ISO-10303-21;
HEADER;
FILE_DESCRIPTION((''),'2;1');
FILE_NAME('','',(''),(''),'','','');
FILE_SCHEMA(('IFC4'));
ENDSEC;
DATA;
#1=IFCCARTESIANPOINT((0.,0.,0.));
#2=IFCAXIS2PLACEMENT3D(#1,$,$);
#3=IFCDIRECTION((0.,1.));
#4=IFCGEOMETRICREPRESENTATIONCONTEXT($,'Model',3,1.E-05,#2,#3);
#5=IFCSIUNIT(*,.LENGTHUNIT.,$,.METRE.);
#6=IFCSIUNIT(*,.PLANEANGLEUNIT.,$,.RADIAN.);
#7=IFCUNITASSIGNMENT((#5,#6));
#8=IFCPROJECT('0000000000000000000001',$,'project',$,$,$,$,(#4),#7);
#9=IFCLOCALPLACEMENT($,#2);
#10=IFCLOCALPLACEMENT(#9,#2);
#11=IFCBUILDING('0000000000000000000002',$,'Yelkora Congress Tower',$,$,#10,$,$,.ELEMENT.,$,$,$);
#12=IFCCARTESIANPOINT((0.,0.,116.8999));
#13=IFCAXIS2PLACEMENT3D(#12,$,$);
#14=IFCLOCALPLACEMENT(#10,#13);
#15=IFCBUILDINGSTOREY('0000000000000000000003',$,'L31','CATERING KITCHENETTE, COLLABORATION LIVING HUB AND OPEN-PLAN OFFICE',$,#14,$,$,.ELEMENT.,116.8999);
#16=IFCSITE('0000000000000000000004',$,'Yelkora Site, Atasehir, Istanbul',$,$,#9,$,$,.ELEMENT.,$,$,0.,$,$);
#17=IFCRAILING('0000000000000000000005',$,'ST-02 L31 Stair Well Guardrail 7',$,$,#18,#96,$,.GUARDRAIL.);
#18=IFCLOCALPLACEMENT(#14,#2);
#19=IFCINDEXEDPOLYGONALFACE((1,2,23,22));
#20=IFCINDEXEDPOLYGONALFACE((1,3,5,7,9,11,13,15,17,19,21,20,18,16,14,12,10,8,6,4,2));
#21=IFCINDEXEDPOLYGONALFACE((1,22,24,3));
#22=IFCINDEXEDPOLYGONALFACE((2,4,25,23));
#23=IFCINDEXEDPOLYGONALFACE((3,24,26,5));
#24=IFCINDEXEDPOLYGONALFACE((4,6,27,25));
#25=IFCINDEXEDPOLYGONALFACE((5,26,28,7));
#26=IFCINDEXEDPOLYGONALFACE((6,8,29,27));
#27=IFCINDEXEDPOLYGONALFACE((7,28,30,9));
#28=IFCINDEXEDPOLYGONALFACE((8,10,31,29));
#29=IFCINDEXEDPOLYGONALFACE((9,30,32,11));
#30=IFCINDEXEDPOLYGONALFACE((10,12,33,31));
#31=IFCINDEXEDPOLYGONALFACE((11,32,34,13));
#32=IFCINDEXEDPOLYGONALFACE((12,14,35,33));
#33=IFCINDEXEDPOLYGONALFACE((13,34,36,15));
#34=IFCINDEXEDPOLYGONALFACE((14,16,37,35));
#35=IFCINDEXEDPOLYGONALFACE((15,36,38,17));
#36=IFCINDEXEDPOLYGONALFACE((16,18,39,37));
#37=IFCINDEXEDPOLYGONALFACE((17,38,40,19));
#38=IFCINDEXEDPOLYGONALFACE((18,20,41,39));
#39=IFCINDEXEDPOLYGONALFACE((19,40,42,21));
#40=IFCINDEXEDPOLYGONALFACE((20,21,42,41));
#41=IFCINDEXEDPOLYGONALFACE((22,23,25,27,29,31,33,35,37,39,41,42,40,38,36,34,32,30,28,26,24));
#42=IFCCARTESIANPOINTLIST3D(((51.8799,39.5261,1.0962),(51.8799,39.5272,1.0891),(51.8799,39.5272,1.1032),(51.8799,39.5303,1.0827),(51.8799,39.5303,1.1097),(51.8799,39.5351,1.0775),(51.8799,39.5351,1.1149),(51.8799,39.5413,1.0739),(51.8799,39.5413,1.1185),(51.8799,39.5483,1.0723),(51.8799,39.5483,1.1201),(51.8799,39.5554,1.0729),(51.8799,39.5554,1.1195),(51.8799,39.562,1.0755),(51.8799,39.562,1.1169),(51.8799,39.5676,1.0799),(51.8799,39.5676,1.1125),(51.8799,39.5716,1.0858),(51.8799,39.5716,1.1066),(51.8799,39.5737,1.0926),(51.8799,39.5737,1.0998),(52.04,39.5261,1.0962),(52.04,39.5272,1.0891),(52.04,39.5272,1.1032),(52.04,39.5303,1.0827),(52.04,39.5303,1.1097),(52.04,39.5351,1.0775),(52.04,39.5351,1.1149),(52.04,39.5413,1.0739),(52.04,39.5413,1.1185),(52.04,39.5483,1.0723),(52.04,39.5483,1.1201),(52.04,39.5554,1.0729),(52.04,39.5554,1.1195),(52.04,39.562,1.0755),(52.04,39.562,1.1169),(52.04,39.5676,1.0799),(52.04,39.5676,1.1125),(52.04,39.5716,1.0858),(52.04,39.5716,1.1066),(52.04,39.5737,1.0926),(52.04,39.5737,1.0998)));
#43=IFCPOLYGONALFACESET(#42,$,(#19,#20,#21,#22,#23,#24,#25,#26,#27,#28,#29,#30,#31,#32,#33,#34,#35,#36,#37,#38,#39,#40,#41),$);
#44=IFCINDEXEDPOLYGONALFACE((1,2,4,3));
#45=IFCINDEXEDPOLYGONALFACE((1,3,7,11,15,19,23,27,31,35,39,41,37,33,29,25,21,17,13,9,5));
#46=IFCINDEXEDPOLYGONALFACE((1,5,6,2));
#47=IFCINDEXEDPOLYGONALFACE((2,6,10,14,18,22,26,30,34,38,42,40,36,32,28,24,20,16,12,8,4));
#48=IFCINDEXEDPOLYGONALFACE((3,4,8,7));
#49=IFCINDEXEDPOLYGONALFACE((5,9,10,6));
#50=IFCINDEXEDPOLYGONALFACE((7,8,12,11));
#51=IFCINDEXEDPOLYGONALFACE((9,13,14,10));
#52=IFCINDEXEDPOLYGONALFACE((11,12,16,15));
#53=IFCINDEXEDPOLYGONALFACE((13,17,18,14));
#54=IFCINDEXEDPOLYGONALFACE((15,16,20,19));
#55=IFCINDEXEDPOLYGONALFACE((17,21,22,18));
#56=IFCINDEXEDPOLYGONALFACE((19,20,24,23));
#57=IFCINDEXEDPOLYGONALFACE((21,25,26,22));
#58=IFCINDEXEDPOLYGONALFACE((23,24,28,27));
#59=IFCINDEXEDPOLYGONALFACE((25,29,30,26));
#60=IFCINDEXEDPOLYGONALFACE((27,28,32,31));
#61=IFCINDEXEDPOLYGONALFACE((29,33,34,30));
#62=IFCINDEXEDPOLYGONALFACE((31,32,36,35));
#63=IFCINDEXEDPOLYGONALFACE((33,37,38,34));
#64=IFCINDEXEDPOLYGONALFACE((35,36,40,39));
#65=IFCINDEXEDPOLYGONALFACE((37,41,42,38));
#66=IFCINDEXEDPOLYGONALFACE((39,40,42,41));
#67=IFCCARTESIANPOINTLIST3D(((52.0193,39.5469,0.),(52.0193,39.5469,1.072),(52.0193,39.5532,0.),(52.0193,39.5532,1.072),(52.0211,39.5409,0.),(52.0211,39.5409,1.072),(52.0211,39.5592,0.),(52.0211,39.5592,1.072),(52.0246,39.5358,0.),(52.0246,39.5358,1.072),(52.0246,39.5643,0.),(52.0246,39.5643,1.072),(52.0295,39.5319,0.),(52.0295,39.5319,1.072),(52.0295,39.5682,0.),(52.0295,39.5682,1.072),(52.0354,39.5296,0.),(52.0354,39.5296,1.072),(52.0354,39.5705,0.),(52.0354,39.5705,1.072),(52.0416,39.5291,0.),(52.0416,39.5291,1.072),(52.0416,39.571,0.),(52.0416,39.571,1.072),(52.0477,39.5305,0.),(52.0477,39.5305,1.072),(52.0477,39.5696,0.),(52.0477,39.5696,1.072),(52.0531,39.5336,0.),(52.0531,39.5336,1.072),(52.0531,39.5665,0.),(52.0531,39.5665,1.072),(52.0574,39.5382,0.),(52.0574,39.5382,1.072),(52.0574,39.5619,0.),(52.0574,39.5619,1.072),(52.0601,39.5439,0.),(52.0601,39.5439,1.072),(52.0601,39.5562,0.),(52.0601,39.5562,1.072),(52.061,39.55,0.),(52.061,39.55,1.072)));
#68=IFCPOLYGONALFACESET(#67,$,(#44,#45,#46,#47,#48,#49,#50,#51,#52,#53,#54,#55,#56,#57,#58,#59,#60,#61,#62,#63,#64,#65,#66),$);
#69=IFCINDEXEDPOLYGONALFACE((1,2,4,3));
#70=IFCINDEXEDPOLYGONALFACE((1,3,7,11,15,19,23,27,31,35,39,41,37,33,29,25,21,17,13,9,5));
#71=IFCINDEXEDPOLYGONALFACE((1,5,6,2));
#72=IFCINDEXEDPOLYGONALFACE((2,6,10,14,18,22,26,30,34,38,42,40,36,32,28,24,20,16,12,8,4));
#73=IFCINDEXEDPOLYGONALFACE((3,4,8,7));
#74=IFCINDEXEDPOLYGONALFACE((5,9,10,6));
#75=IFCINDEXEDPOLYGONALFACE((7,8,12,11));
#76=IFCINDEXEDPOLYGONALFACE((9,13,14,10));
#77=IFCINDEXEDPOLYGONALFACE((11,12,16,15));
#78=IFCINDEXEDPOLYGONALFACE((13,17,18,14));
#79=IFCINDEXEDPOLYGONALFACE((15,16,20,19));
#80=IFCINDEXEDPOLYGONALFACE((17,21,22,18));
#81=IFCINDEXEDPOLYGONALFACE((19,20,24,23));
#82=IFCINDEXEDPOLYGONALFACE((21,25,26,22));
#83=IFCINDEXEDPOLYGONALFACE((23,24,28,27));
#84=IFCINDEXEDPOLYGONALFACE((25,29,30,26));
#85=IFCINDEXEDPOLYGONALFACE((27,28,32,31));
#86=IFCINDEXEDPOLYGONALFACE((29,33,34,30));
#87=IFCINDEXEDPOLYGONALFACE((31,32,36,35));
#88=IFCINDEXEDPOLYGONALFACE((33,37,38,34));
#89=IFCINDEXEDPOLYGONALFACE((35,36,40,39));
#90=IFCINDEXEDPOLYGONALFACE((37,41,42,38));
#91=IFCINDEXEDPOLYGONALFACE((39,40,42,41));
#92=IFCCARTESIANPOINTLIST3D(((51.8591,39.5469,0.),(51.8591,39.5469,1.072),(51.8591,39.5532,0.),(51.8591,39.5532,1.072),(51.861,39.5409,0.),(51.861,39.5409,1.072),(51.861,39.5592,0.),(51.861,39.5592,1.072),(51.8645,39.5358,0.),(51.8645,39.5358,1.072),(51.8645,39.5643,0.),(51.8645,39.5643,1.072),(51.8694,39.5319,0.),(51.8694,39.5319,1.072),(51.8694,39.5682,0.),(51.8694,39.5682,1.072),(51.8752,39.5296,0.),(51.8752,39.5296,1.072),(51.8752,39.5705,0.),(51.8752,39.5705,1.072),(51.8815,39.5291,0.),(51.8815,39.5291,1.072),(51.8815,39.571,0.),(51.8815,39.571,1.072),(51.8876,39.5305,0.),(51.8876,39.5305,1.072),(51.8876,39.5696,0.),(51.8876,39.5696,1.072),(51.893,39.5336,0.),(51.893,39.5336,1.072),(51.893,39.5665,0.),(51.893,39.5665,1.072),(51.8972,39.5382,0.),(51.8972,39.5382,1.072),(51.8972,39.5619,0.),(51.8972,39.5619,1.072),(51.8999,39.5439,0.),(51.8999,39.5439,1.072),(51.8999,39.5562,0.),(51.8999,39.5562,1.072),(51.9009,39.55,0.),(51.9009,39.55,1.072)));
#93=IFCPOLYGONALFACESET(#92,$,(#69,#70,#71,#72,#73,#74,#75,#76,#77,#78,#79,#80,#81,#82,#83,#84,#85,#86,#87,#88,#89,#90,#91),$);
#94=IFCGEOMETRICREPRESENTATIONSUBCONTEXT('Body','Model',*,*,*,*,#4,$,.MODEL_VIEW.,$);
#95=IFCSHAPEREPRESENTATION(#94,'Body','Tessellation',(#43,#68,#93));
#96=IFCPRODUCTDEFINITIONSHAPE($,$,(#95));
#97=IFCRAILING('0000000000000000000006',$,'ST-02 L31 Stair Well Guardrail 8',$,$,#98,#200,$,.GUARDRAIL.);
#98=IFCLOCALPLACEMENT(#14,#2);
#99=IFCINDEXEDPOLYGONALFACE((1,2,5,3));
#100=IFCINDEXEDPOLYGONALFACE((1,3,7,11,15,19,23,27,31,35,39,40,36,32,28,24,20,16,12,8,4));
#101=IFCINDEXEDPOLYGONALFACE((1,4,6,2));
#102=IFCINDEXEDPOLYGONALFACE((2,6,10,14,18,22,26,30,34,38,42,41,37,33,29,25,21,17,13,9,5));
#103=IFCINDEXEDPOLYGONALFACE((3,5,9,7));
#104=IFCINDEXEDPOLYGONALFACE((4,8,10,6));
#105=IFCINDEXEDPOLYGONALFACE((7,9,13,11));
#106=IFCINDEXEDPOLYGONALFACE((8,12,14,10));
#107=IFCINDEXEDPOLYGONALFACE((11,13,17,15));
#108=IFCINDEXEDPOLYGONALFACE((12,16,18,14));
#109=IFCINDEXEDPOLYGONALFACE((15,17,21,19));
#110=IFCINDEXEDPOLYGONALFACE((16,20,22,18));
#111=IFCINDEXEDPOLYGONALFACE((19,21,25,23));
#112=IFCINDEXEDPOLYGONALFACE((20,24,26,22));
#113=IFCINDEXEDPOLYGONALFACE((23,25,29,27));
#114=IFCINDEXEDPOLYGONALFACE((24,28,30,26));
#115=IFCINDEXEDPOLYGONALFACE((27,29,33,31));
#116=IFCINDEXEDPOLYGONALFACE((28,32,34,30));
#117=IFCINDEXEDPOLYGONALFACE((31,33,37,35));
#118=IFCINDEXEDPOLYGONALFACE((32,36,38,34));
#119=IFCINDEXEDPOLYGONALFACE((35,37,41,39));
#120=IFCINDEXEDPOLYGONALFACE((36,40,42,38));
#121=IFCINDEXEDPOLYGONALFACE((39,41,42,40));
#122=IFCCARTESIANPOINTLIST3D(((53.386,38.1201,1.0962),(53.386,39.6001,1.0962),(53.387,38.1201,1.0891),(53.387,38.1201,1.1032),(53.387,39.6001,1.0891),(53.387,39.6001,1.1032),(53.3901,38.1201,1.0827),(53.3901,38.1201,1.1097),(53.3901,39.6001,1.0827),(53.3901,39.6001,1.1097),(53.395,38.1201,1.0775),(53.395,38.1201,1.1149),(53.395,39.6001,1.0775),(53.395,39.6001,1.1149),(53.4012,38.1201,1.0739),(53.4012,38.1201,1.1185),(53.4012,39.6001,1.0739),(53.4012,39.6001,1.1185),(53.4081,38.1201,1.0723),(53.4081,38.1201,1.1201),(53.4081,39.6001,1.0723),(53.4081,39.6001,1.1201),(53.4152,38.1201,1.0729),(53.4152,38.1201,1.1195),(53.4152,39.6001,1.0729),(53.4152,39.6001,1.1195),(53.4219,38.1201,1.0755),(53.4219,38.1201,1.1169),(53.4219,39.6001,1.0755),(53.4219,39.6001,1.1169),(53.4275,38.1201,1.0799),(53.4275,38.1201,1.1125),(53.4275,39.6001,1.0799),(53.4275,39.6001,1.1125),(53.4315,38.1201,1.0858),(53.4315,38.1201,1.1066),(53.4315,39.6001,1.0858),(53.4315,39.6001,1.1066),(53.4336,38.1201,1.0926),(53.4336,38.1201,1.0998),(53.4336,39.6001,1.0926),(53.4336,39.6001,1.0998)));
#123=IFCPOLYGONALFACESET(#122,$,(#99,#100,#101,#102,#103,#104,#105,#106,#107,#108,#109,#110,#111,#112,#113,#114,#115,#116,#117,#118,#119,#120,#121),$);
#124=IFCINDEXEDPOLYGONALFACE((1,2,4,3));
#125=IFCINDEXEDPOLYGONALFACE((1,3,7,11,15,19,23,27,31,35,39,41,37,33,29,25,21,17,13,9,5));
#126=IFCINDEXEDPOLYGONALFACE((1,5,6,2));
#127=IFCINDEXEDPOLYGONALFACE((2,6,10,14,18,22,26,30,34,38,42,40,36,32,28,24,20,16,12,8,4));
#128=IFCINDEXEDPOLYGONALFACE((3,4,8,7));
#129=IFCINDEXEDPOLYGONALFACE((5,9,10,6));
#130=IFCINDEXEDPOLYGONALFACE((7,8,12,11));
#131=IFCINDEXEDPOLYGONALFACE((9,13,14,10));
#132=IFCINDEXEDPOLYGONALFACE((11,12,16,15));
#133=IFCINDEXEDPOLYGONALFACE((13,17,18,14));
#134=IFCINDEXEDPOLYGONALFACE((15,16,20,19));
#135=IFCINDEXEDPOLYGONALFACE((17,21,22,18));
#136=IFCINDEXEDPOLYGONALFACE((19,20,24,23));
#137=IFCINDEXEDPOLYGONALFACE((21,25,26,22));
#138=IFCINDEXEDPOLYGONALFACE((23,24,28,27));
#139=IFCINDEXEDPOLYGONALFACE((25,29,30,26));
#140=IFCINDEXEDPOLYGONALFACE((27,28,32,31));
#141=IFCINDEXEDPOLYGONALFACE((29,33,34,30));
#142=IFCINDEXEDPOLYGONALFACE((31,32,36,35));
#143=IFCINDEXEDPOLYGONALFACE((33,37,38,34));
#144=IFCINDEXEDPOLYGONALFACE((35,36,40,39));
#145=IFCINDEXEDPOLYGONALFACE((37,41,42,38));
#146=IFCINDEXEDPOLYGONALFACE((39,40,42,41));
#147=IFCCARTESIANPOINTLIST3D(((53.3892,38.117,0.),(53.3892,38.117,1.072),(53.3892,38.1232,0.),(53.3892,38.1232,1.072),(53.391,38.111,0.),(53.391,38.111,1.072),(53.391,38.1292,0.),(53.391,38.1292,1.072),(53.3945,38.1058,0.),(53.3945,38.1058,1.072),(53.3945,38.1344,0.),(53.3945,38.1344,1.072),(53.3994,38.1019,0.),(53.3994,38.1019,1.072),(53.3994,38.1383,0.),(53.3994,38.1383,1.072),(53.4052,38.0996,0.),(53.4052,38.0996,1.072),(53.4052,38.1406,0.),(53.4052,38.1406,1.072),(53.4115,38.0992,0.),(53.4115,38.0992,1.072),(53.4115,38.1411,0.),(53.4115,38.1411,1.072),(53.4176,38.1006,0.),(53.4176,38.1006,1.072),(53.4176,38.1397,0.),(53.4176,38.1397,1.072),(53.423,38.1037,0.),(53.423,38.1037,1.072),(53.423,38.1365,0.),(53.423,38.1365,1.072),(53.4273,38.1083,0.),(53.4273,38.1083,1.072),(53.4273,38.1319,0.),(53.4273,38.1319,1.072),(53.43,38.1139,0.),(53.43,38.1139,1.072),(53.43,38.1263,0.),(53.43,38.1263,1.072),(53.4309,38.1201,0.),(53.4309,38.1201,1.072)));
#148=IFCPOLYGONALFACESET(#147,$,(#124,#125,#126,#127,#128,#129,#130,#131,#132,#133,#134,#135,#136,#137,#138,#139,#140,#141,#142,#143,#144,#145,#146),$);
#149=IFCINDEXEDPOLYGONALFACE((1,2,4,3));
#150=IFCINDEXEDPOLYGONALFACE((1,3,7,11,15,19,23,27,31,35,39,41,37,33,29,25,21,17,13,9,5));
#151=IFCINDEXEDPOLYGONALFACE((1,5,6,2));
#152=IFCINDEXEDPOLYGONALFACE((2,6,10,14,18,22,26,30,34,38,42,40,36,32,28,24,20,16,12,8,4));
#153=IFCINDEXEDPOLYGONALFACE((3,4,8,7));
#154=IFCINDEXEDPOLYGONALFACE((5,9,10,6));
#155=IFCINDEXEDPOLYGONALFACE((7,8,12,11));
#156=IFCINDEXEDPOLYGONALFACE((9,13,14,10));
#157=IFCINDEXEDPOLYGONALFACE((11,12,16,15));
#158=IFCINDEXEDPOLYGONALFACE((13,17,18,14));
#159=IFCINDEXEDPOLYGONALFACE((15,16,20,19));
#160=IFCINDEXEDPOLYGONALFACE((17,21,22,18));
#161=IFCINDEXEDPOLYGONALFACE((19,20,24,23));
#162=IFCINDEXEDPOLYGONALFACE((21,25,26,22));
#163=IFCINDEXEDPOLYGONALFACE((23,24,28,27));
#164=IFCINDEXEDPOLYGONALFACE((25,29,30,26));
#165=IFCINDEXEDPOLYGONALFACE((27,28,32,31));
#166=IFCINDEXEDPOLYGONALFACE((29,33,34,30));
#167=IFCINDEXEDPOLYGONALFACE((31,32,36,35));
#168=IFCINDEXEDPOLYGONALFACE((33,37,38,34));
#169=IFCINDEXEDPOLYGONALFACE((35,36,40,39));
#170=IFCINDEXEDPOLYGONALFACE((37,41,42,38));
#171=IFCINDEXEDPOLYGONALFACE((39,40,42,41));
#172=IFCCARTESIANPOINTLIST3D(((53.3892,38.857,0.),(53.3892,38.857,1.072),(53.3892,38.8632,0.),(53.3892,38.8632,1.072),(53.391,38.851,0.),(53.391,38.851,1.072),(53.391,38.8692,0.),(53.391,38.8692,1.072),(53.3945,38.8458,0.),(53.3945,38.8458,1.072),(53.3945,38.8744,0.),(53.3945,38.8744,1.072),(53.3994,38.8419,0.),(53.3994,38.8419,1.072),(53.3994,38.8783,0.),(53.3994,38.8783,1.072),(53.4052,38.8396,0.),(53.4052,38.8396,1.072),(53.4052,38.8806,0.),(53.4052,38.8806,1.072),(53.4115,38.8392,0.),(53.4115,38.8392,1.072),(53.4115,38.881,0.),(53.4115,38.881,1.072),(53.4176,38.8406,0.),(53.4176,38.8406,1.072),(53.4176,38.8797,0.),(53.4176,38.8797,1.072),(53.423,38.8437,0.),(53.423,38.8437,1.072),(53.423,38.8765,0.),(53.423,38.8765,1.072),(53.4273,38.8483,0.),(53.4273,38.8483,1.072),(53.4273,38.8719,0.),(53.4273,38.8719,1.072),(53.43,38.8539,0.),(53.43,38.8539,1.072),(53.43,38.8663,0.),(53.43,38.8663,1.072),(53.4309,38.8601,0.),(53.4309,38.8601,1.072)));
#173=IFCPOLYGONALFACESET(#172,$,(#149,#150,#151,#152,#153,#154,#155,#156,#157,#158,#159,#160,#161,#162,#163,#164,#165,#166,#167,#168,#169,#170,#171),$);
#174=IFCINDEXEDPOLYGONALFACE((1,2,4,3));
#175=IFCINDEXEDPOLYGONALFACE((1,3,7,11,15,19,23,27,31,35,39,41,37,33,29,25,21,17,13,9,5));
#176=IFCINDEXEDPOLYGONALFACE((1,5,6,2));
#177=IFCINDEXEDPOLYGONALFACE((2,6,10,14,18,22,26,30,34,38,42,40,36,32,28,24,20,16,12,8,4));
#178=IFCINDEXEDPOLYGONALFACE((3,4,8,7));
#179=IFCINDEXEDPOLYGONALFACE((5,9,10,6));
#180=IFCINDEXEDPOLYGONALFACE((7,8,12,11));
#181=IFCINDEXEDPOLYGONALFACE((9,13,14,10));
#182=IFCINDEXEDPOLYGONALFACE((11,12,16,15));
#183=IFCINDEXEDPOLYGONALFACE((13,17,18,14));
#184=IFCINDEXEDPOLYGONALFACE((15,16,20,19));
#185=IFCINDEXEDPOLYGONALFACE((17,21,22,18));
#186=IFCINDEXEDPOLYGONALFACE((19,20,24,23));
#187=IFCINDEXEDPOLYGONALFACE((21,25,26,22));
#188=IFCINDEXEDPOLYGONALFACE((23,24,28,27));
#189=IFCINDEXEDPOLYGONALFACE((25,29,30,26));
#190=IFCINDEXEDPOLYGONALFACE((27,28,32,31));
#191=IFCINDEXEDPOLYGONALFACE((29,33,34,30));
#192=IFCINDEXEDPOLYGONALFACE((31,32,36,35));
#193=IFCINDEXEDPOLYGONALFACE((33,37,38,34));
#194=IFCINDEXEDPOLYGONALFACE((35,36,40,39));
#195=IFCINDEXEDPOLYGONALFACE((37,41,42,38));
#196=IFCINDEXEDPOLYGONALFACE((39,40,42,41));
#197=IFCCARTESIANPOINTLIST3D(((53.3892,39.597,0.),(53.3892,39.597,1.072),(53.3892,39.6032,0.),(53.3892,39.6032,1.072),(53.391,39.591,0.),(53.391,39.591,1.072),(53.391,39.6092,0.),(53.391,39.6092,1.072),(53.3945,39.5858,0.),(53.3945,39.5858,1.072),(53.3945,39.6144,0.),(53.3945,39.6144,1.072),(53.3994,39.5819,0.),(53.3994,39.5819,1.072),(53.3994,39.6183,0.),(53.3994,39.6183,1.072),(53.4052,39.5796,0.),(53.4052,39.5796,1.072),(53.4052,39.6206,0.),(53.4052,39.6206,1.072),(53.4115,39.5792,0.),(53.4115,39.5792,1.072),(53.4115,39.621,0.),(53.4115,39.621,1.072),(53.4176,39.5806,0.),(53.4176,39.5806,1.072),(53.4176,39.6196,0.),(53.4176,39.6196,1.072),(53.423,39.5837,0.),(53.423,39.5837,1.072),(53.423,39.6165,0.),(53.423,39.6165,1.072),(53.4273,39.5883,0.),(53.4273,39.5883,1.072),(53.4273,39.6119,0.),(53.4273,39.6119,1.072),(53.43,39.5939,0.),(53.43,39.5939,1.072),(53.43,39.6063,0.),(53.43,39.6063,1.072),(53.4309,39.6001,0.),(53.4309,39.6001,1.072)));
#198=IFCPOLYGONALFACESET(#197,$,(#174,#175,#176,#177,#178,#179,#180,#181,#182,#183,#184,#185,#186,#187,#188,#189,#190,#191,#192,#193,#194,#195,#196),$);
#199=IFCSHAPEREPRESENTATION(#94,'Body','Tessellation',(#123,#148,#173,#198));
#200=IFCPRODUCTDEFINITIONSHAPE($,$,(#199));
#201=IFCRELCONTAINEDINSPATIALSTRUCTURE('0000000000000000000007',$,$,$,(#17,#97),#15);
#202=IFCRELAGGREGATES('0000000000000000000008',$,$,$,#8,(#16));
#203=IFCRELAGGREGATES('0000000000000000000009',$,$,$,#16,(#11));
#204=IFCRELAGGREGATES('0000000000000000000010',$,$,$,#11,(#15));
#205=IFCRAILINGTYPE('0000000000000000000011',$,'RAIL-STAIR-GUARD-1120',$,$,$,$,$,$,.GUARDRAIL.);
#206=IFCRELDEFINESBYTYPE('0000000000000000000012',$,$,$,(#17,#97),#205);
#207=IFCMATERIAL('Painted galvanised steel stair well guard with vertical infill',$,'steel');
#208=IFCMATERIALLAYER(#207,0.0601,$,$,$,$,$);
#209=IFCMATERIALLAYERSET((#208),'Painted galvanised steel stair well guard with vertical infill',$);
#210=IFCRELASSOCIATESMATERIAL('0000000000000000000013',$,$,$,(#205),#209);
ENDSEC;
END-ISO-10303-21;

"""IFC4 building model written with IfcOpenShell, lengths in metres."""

from ifc_helpers import new_model, si_unit, direction, frame, origin, origin_2d, place, context, subcontext, project, spatial, circle, extrude, material, layer, layer_set, type_object, element, save


model = new_model("IFC4")

# Units and contexts
model_context = context("Model", 3, precision=1e-05, world=origin(), true_north=direction((0.0, 1.0)))
body_context = subcontext(model_context, "Body", "Model", "MODEL_VIEW")
ifc_project = project(units=[si_unit("LENGTHUNIT", "METRE"), si_unit("PLANEANGLEUNIT", "RADIAN")], contexts=[model_context])

# Site, building, storey
site_placement = place(None, origin())
site = spatial("IfcSite", under=ifc_project, at=site_placement, Name="Yelkora Site, Atasehir, Istanbul", CompositionType="ELEMENT", RefElevation=0.0)
building_placement = place(site_placement, origin())
building = spatial("IfcBuilding", under=site, at=building_placement, Name="Yelkora Congress Tower", CompositionType="ELEMENT")
storey_placement = place(building_placement, frame((0.0, 0.0, 116.8999)))
storey = spatial("IfcBuildingStorey", under=building, at=storey_placement, Name="L31", Description="CATERING KITCHENETTE, COLLABORATION LIVING HUB AND OPEN-PLAN OFFICE", CompositionType="ELEMENT", Elevation=116.8999)

# Railings
ifc_material_1 = material(Name="Painted galvanised steel stair well guard with vertical infill", Category="steel")
ifc_layer_1 = layer(ifc_material_1, 0.0601)
ifc_layer_set_1 = layer_set([ifc_layer_1], Name="Painted galvanised steel stair well guard with vertical infill")
railing_type_1 = type_object("IfcRailingType", Name="RAIL-STAIR-GUARD-1120", PredefinedType="GUARDRAIL", material=ifc_layer_set_1)
railing_1_placement = place(storey_placement, frame((52.04, 39.55, 0.0)))
element("IfcRailing", 1, at=railing_1_placement, inside=storey, type_object=railing_type_1, Name="ST-02 L31 Stair Well Guardrail 7", PredefinedType="GUARDRAIL", context=body_context, shape_type="SweptSolid", body=[
    extrude(circle(Radius=0.0239, at=origin_2d()), frame((0.0, 0.0, 1.0962), z_axis=(-1.0, 0.0, 0.0), x_axis=(0.0, -1.0, 0.0)), (0.0, 0.0, 1.0), 0.1602),
    extrude(circle(Radius=0.021, at=origin_2d()), origin(), (0.0, 0.0, 1.0), 1.072),
    extrude(circle(Radius=0.021, at=origin_2d()), frame((-0.1602, 0.0, 0.0)), (0.0, 0.0, 1.0), 1.072),
])
for number, where, name in (
    (2, (53.4099, 38.1201, 0.0), "ST-02 L31 Stair Well Guardrail 8"),
):
    element("IfcRailing", number, at=place(storey_placement, frame(where)), inside=storey, type_object=railing_type_1, Name=name, PredefinedType="GUARDRAIL", context=body_context, shape_type="SweptSolid", body=[
        extrude(circle(Radius=0.0239, at=origin_2d()), frame((0.0, 0.0, 1.0962), z_axis=(0.0, 1.0, 0.0), x_axis=(-1.0, 0.0, 0.0)), (0.0, 0.0, 1.0), 1.48),
        extrude(circle(Radius=0.021, at=origin_2d()), origin(), (0.0, 0.0, 1.0), 1.072),
        extrude(circle(Radius=0.021, at=origin_2d()), frame((0.0, 0.74, 0.0)), (0.0, 0.0, 1.0), 1.072),
        extrude(circle(Radius=0.021, at=origin_2d()), frame((0.0, 1.48, 0.0)), (0.0, 0.0, 1.0), 1.072),
    ])

save(model, "model.ifc")
